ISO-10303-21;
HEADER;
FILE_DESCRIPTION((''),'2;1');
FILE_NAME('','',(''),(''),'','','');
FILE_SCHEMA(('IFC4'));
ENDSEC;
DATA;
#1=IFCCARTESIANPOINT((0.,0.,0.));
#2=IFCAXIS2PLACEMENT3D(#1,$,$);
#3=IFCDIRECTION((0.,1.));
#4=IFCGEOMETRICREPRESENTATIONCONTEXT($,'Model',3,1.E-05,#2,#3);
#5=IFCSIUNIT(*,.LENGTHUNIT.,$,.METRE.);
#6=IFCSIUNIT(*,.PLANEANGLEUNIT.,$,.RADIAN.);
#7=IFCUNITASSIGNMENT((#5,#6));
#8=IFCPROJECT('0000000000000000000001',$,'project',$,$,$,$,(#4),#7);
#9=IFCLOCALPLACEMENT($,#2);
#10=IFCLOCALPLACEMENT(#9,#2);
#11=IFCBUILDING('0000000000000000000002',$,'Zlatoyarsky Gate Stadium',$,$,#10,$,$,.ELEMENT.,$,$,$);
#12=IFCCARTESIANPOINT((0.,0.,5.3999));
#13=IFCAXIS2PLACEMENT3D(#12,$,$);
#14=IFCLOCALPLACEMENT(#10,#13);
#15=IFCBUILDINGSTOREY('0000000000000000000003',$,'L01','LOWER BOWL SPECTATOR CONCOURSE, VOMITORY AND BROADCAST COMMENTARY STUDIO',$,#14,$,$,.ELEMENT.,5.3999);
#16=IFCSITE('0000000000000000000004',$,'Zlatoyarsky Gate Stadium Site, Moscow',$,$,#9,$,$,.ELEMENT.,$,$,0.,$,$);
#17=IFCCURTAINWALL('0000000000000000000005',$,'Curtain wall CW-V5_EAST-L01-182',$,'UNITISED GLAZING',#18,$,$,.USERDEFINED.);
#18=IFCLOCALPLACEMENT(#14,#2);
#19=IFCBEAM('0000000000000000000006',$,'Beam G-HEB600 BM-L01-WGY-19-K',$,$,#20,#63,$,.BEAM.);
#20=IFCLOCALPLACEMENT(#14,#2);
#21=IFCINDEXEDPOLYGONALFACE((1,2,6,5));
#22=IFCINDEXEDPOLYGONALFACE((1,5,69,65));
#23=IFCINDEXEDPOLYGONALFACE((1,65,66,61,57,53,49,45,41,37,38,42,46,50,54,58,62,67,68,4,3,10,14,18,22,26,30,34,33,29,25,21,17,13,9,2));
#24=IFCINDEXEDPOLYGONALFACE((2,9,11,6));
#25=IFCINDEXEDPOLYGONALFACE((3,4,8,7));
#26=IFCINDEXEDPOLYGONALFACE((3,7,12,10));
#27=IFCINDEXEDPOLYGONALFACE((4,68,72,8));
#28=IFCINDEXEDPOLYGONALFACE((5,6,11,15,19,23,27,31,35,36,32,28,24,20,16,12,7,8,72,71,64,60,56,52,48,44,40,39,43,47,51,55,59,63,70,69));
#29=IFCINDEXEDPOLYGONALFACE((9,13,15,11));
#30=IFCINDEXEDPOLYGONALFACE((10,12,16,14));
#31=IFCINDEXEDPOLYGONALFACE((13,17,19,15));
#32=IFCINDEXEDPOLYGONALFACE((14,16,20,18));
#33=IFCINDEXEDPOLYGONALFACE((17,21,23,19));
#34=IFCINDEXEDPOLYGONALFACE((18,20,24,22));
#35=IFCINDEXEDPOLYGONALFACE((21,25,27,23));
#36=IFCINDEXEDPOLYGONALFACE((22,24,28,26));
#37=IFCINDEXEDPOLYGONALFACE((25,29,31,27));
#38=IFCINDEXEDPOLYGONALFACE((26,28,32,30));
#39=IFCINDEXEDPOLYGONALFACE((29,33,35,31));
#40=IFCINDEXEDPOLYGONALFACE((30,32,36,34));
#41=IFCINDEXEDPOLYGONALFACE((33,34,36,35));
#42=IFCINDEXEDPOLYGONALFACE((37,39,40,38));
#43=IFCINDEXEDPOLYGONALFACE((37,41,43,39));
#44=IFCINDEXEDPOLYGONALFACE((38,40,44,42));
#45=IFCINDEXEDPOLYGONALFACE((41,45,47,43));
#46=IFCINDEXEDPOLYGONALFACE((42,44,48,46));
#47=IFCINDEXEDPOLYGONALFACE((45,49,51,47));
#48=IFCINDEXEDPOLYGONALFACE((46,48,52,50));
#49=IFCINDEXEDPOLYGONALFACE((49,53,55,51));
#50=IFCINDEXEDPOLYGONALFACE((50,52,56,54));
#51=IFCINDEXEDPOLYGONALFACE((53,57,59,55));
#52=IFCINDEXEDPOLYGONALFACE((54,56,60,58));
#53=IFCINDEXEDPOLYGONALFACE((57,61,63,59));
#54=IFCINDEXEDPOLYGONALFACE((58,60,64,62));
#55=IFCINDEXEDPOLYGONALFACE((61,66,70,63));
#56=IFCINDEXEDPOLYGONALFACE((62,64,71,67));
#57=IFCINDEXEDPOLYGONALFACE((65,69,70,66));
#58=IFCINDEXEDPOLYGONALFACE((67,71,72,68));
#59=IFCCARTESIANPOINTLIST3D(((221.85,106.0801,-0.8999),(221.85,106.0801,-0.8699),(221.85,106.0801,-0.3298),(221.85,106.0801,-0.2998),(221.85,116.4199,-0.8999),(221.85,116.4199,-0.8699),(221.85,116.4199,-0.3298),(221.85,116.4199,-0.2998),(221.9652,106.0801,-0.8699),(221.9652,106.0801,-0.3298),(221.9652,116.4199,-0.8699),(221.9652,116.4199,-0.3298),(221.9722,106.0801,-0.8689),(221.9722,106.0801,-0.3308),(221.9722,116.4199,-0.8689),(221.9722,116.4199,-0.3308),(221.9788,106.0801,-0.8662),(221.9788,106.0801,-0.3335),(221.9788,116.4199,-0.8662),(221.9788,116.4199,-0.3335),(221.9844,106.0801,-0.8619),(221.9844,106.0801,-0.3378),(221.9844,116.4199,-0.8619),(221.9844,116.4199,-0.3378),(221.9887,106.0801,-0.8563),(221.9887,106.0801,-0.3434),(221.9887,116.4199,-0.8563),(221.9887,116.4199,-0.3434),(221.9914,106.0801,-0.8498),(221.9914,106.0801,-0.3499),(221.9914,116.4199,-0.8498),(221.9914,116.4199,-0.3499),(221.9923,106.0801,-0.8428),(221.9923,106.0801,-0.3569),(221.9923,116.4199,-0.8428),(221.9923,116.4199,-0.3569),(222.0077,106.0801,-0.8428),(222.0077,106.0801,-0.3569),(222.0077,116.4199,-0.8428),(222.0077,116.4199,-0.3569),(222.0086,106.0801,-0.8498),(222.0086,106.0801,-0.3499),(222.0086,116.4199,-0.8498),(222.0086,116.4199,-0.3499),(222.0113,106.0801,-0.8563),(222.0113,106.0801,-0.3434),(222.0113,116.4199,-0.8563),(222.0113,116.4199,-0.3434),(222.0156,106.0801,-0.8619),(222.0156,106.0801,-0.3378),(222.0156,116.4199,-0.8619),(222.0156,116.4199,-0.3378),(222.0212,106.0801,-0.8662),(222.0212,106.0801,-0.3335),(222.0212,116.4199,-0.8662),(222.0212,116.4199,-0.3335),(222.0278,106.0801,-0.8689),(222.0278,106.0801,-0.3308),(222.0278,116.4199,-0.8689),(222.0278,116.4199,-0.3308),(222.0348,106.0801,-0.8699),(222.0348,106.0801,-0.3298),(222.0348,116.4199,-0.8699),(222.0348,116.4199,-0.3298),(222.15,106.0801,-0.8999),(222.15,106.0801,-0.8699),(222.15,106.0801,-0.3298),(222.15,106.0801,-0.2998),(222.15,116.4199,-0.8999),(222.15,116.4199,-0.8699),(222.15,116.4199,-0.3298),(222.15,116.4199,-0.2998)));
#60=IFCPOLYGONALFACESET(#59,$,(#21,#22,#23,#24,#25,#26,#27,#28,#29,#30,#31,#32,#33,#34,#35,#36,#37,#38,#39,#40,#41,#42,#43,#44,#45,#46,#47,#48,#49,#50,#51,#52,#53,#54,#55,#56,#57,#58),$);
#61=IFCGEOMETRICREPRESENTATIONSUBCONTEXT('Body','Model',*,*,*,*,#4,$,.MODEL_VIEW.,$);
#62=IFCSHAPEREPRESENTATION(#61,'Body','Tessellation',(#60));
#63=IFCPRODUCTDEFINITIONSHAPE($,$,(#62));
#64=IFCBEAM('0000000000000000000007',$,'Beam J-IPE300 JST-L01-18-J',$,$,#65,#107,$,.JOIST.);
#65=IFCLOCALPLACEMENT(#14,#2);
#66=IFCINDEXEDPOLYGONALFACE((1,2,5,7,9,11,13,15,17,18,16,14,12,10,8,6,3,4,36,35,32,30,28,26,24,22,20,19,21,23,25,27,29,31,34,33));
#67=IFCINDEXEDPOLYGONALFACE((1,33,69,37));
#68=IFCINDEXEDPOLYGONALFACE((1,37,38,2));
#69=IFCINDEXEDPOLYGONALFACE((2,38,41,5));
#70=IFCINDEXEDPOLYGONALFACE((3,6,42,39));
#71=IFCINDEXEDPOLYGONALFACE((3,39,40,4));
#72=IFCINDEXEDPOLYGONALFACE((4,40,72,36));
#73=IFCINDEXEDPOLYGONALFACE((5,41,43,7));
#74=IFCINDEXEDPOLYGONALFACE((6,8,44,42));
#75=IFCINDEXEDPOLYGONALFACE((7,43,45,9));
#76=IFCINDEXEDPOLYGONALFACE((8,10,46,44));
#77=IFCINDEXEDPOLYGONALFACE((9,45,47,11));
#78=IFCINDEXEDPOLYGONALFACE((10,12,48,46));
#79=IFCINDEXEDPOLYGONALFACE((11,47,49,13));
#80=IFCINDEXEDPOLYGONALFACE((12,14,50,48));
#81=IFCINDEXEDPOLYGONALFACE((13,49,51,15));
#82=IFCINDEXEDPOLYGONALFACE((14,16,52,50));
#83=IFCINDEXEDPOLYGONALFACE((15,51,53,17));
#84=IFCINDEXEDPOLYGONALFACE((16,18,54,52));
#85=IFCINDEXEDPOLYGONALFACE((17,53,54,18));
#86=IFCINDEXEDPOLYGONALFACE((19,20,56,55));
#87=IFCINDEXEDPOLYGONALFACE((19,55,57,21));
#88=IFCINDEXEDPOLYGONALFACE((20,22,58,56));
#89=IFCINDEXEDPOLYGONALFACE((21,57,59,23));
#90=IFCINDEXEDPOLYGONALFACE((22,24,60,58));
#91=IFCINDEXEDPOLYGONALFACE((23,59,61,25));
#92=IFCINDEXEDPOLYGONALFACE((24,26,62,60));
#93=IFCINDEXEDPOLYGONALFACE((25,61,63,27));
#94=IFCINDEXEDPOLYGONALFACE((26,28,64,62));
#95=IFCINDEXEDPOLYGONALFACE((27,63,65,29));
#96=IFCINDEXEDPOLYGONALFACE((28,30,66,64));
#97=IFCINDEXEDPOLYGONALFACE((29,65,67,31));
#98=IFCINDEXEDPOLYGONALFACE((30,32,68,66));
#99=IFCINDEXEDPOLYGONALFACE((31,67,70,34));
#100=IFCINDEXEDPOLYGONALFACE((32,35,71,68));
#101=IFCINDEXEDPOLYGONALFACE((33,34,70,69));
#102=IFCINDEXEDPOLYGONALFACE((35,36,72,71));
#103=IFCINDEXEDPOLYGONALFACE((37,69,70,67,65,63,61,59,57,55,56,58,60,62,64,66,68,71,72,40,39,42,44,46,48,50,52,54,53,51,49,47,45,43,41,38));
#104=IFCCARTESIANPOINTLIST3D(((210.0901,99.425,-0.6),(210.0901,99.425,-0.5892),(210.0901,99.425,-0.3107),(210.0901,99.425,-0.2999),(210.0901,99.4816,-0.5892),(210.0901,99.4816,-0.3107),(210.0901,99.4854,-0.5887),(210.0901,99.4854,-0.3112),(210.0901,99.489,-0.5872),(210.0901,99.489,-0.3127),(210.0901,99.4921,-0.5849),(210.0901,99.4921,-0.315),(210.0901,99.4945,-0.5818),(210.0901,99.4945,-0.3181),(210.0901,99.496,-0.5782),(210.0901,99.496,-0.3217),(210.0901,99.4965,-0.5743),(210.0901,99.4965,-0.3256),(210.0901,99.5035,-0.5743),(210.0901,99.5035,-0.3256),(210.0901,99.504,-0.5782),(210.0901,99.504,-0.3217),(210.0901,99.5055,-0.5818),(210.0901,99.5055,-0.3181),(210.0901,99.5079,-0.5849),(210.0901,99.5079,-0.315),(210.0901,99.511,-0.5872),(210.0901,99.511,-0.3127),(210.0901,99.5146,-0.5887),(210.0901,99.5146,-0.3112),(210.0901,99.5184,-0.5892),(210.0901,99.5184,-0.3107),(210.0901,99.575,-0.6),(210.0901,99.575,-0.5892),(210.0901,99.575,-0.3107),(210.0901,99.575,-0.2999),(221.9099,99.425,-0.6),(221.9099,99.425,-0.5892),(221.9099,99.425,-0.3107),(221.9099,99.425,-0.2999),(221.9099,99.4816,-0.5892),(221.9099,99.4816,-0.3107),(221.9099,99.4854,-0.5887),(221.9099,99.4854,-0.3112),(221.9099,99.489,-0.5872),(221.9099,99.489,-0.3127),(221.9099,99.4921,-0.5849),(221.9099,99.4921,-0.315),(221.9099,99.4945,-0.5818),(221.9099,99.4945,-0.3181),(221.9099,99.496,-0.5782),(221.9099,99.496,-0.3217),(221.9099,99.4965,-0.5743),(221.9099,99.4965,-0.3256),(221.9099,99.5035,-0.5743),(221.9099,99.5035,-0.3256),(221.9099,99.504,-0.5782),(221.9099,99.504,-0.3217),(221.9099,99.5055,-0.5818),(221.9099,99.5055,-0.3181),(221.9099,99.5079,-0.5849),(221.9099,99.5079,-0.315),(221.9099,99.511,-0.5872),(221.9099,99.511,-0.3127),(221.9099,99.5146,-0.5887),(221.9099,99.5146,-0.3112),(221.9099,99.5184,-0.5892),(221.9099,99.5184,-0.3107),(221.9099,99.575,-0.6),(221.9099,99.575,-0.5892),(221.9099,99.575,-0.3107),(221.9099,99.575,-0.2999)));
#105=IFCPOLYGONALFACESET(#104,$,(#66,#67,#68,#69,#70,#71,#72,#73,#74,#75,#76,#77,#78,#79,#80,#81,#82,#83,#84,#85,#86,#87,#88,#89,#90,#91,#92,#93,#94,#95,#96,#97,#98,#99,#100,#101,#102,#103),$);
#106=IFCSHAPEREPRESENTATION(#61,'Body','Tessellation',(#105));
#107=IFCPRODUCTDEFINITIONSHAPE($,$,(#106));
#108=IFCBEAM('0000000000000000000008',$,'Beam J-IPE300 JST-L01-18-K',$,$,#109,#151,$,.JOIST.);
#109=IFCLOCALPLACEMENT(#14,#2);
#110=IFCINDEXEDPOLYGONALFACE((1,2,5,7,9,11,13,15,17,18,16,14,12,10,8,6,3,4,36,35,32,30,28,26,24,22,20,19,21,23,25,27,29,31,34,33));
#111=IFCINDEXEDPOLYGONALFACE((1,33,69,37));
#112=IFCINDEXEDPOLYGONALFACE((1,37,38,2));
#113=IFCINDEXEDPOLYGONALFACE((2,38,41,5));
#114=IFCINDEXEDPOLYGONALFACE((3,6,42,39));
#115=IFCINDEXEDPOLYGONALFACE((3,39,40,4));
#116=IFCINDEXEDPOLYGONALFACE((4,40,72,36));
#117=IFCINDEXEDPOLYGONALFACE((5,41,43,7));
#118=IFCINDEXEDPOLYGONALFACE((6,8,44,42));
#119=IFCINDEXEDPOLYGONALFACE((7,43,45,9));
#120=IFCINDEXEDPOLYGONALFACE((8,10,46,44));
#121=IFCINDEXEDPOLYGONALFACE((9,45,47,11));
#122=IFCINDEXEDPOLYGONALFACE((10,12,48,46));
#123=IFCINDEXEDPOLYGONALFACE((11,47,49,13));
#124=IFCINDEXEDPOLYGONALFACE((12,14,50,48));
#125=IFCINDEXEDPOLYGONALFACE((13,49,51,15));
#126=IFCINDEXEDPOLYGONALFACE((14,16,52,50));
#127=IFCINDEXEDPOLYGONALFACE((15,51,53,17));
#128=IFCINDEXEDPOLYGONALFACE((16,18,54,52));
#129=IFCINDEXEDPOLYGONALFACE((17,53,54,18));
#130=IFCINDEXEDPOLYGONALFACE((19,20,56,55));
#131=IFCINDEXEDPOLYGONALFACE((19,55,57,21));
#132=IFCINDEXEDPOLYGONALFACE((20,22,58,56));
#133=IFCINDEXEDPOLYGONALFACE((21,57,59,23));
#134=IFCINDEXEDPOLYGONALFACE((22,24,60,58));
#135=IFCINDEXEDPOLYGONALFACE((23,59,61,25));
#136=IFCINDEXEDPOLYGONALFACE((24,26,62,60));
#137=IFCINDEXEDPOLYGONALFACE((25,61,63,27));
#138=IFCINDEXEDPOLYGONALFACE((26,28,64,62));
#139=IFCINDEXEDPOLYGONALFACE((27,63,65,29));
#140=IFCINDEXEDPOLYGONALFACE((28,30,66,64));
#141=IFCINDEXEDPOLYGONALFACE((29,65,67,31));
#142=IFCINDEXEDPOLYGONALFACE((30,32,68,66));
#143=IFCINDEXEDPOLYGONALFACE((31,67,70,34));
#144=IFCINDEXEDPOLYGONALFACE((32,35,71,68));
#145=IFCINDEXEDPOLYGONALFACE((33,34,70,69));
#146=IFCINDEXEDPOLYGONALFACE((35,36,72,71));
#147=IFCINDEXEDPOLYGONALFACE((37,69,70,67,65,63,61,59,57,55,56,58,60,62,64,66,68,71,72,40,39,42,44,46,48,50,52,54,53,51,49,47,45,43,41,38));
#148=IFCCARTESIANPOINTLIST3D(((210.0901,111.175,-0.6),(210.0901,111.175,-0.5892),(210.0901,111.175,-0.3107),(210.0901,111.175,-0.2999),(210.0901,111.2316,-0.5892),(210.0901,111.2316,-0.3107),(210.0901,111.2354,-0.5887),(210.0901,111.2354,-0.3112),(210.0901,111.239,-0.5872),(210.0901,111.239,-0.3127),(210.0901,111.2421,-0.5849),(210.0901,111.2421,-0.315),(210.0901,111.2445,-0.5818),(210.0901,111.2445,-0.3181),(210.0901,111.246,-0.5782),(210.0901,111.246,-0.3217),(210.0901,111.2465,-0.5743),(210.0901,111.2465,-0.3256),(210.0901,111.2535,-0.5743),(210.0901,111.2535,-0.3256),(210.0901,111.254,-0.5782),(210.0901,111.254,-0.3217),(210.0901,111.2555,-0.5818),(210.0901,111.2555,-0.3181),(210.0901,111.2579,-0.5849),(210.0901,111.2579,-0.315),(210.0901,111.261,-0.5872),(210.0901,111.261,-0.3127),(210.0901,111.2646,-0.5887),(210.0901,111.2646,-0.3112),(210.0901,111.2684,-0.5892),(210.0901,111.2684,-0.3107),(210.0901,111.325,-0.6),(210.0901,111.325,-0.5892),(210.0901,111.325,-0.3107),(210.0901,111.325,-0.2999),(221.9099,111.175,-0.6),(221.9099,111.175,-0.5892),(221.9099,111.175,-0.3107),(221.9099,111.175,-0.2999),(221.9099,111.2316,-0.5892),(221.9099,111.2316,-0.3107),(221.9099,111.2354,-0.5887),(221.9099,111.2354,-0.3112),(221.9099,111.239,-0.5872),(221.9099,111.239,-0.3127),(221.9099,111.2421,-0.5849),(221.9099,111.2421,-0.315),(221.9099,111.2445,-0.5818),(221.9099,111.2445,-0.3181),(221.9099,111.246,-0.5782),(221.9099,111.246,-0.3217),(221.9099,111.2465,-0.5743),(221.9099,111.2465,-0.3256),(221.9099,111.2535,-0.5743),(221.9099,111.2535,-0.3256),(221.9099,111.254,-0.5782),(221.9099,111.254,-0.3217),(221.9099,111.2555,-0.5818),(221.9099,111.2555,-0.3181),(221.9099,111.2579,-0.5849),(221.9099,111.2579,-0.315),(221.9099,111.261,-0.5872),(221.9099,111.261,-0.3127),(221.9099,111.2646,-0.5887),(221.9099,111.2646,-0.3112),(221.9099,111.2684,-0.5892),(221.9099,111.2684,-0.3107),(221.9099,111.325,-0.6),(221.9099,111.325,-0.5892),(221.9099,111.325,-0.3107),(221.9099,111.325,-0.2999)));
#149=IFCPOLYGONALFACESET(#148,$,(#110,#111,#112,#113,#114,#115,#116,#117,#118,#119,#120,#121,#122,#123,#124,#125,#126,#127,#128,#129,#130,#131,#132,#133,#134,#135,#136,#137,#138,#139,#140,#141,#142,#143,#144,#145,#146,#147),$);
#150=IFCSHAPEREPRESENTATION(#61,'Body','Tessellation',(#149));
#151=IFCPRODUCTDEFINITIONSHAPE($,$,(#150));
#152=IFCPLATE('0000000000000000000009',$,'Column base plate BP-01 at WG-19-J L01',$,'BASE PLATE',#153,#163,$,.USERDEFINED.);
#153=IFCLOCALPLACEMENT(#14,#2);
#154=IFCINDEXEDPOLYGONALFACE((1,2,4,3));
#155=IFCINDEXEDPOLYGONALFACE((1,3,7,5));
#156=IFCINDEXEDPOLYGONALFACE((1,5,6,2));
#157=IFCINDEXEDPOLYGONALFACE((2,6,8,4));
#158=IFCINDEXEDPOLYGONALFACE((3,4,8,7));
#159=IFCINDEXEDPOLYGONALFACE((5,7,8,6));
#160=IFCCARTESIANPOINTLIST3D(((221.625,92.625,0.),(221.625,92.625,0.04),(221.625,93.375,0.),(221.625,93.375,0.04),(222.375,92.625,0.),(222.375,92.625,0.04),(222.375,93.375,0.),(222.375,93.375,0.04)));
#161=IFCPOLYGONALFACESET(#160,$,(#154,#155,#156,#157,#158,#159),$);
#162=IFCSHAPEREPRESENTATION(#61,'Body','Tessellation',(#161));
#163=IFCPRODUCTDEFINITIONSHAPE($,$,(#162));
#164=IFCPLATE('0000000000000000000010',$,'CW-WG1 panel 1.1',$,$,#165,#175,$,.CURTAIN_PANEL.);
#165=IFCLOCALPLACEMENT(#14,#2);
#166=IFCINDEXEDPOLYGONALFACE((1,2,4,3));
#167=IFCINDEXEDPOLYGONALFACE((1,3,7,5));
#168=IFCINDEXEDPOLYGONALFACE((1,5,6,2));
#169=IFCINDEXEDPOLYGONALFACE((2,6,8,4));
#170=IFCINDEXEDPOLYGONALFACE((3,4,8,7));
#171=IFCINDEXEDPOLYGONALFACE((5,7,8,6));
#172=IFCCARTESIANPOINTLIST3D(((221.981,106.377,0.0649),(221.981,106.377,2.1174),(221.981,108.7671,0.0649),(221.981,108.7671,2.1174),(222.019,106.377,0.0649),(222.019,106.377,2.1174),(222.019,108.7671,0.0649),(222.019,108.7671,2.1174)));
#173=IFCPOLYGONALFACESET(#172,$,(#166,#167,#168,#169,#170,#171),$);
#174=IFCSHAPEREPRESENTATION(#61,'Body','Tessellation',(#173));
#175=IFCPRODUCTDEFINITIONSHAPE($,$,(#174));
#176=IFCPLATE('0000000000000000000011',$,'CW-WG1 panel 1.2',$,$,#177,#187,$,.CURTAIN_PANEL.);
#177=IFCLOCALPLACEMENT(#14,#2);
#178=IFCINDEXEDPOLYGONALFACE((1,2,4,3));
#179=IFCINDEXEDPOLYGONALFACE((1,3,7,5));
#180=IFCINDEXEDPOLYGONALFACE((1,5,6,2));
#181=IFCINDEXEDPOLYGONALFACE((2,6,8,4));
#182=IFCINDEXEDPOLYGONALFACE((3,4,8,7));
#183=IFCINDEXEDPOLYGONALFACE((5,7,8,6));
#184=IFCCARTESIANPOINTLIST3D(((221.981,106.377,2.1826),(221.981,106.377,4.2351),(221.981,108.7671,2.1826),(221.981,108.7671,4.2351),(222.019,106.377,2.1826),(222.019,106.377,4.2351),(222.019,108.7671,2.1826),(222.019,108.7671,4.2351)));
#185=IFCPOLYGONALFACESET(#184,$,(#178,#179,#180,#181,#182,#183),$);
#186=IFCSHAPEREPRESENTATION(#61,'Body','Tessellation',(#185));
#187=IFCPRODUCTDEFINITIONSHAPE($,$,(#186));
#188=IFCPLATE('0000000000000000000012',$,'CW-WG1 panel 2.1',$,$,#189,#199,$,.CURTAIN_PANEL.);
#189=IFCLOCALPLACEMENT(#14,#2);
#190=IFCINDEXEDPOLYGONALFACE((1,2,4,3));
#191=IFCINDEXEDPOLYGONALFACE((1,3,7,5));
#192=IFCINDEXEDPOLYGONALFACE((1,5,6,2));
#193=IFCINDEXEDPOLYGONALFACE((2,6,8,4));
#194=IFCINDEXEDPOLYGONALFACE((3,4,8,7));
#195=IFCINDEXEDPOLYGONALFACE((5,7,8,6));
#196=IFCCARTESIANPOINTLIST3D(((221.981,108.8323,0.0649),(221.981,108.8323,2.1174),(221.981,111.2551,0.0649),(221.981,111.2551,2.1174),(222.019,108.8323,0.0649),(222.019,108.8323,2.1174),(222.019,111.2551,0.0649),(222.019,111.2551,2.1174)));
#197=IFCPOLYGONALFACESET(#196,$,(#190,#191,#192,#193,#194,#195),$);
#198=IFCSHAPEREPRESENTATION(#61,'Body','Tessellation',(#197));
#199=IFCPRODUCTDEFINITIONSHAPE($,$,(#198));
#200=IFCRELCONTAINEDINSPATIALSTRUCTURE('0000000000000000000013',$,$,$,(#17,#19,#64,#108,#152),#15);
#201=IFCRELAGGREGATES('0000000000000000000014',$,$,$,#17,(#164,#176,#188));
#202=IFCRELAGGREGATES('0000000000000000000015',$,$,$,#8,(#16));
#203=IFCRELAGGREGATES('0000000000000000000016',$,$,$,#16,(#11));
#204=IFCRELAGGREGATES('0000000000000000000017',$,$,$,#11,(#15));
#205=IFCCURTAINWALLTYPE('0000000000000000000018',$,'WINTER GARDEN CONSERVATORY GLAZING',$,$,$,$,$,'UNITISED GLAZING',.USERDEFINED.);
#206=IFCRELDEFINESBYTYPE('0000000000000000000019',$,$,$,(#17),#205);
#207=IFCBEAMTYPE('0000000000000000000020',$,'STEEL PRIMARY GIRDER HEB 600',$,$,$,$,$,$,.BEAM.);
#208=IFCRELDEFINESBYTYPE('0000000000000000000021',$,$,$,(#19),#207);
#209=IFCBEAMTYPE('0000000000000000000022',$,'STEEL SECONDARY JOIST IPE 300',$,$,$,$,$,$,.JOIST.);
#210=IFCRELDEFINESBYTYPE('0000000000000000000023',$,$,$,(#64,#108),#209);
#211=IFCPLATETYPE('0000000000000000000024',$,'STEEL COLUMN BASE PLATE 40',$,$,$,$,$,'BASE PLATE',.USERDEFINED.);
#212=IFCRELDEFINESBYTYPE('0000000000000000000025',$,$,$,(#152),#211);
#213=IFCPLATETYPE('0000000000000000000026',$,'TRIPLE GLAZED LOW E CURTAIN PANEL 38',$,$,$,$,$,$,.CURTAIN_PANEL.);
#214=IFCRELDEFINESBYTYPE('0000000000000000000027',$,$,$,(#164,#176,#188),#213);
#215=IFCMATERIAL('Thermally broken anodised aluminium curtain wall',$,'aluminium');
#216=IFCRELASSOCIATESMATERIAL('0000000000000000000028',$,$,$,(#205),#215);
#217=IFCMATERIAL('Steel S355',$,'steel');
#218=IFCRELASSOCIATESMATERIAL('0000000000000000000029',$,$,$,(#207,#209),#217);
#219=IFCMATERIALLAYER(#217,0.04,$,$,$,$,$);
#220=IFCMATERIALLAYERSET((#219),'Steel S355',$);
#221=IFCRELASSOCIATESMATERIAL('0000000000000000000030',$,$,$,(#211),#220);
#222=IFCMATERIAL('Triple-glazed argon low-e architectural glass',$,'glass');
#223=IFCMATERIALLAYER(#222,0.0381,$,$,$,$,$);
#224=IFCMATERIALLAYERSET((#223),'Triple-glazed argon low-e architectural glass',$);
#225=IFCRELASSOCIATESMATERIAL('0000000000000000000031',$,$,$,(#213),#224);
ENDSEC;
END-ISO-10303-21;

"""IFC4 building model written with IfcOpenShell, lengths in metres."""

from ifc_helpers import new_model, si_unit, direction, frame, origin, origin_2d, place, context, subcontext, project, spatial, rectangle, i_section, extrude, material, layer, layer_set, material_profile, profile_set, type_object, element, aggregate, save


model = new_model("IFC4")

# Units and contexts
model_context = context("Model", 3, precision=1e-05, world=origin(), true_north=direction((0.0, 1.0)))
body_context = subcontext(model_context, "Body", "Model", "MODEL_VIEW")
ifc_project = project(units=[si_unit("LENGTHUNIT", "METRE"), si_unit("PLANEANGLEUNIT", "RADIAN")], contexts=[model_context])

# Site, building, storey
site_placement = place(None, origin())
site = spatial("IfcSite", under=ifc_project, at=site_placement, Name="Zlatoyarsky Gate Stadium Site, Moscow", CompositionType="ELEMENT", RefElevation=0.0)
building_placement = place(site_placement, origin())
building = spatial("IfcBuilding", under=site, at=building_placement, Name="Zlatoyarsky Gate Stadium", CompositionType="ELEMENT")
storey_placement = place(building_placement, frame((0.0, 0.0, 5.3999)))
storey = spatial("IfcBuildingStorey", under=building, at=storey_placement, Name="L01", Description="LOWER BOWL SPECTATOR CONCOURSE, VOMITORY AND BROADCAST COMMENTARY STUDIO", CompositionType="ELEMENT", Elevation=5.3999)

# Shared definitions
ifc_material_1 = material(Name="Steel S355", Category="steel")

# Shared definitions
ifc_material_2 = material(Name="Thermally broken anodised aluminium curtain wall", Category="aluminium")
curtain_wall_type = type_object("IfcCurtainWallType", Name="WINTER GARDEN CONSERVATORY GLAZING", ElementType="UNITISED GLAZING", PredefinedType="USERDEFINED", material=ifc_material_2)

# Curtain wall
curtain_wall_1_placement = place(storey_placement, origin())
curtain_wall_1 = element("IfcCurtainWall", 1, at=curtain_wall_1_placement, inside=storey, type_object=curtain_wall_type, Name="Curtain wall CW-V5_EAST-L01-182", ObjectType="UNITISED GLAZING", PredefinedType="USERDEFINED")

# Beams
ifc_material_profile_1 = material_profile(ifc_material_1, i_section(OverallWidth=0.3, OverallDepth=0.6001, WebThickness=0.0154, FlangeThickness=0.03, FilletRadius=0.0271, at=origin_2d()), Name="HEB 600")
ifc_profile_set_1 = profile_set([ifc_material_profile_1], Name="Steel S355")
beam_type_1 = type_object("IfcBeamType", Name="STEEL PRIMARY GIRDER HEB 600", PredefinedType="BEAM", material=ifc_profile_set_1)
beam_1_placement = place(storey_placement, frame((222.0, 106.0801, -0.5999), z_axis=(0.0, 1.0, 0.0), x_axis=(-1.0, 0.0, 0.0)))
element("IfcBeam", 2, at=beam_1_placement, inside=storey, type_object=beam_type_1, Name="Beam G-HEB600 BM-L01-WGY-19-K", PredefinedType="BEAM", context=body_context, shape_type="SweptSolid", body=[
    extrude(i_section(OverallWidth=0.3, OverallDepth=0.6001, WebThickness=0.0154, FlangeThickness=0.03, FilletRadius=0.0271, at=origin_2d()), origin(), (0.0, 0.0, 1.0), 10.3398),
])
ifc_material_profile_2 = material_profile(ifc_material_1, i_section(OverallWidth=0.1499, OverallDepth=0.3, WebThickness=0.0071, FlangeThickness=0.0107, FilletRadius=0.0149, at=origin_2d()), Name="IPE 300")
ifc_profile_set_2 = profile_set([ifc_material_profile_2], Name="Steel S355")
beam_type_2 = type_object("IfcBeamType", Name="STEEL SECONDARY JOIST IPE 300", PredefinedType="JOIST", material=ifc_profile_set_2)
for number, where, z_axis, x_axis, name in (
    (3, (210.0901, 99.5, -0.45), (1.0, 0.0, 0.0), (0.0, 1.0, 0.0), "Beam J-IPE300 JST-L01-18-J"),
    (4, (210.0901, 111.25, -0.45), (1.0, 0.0, 0.0), (0.0, 1.0, 0.0), "Beam J-IPE300 JST-L01-18-K"),
):
    element("IfcBeam", number, at=place(storey_placement, frame(where, z_axis=z_axis, x_axis=x_axis)), inside=storey, type_object=beam_type_2, Name=name, PredefinedType="JOIST", context=body_context, shape_type="SweptSolid", body=[
        extrude(i_section(OverallWidth=0.1499, OverallDepth=0.3, WebThickness=0.0071, FlangeThickness=0.0107, FilletRadius=0.0149, at=origin_2d()), origin(), (0.0, 0.0, 1.0), 11.8198),
    ])

# Plates
ifc_layer_1 = layer(ifc_material_1, 0.04)
ifc_layer_set_1 = layer_set([ifc_layer_1], Name="Steel S355")
plate_type_1 = type_object("IfcPlateType", Name="STEEL COLUMN BASE PLATE 40", ElementType="BASE PLATE", PredefinedType="USERDEFINED", material=ifc_layer_set_1)
plate_1_placement = place(storey_placement, frame((222.0, 93.0, 0.0), z_axis=(0.0, 0.0, 1.0), x_axis=(1.0, 0.0, 0.0)))
element("IfcPlate", 5, at=plate_1_placement, inside=storey, type_object=plate_type_1, Name="Column base plate BP-01 at WG-19-J L01", ObjectType="BASE PLATE", PredefinedType="USERDEFINED", context=body_context, shape_type="SweptSolid", body=[
    extrude(rectangle(XDim=0.75, YDim=0.75, at=origin_2d()), origin(), (0.0, 0.0, 1.0), 0.04),
])
ifc_material_3 = material(Name="Triple-glazed argon low-e architectural glass", Category="glass")
ifc_layer_2 = layer(ifc_material_3, 0.0381)
ifc_layer_set_2 = layer_set([ifc_layer_2], Name="Triple-glazed argon low-e architectural glass")
plate_type_2 = type_object("IfcPlateType", Name="TRIPLE GLAZED LOW E CURTAIN PANEL 38", PredefinedType="CURTAIN_PANEL", material=ifc_layer_set_2)
plate_2_placement = place(storey_placement, frame((222.0, 107.572, 0.0649), z_axis=(0.0, 0.0, 1.0), x_axis=(0.0, 1.0, 0.0)))
plate_2 = element("IfcPlate", 6, at=plate_2_placement, type_object=plate_type_2, Name="CW-WG1 panel 1.1", PredefinedType="CURTAIN_PANEL", context=body_context, shape_type="SweptSolid", body=[
    extrude(rectangle(XDim=2.3901, YDim=0.0381, at=origin_2d()), origin(), (0.0, 0.0, 1.0), 2.0525),
])
plate_3_placement = place(storey_placement, frame((222.0, 107.572, 2.1826), z_axis=(0.0, 0.0, 1.0), x_axis=(0.0, 1.0, 0.0)))
plate_3 = element("IfcPlate", 7, at=plate_3_placement, type_object=plate_type_2, Name="CW-WG1 panel 1.2", PredefinedType="CURTAIN_PANEL", context=body_context, shape_type="SweptSolid", body=[
    extrude(rectangle(XDim=2.3901, YDim=0.0381, at=origin_2d()), origin(), (0.0, 0.0, 1.0), 2.0525),
])
plate_4_placement = place(storey_placement, frame((222.0, 110.0437, 0.0649), z_axis=(0.0, 0.0, 1.0), x_axis=(0.0, 1.0, 0.0)))
plate_4 = element("IfcPlate", 8, at=plate_4_placement, type_object=plate_type_2, Name="CW-WG1 panel 2.1", PredefinedType="CURTAIN_PANEL", context=body_context, shape_type="SweptSolid", body=[
    extrude(rectangle(XDim=2.4229, YDim=0.0381, at=origin_2d()), origin(), (0.0, 0.0, 1.0), 2.0525),
])
aggregate(curtain_wall_1, [plate_2, plate_3, plate_4])

save(model, "model.ifc")
